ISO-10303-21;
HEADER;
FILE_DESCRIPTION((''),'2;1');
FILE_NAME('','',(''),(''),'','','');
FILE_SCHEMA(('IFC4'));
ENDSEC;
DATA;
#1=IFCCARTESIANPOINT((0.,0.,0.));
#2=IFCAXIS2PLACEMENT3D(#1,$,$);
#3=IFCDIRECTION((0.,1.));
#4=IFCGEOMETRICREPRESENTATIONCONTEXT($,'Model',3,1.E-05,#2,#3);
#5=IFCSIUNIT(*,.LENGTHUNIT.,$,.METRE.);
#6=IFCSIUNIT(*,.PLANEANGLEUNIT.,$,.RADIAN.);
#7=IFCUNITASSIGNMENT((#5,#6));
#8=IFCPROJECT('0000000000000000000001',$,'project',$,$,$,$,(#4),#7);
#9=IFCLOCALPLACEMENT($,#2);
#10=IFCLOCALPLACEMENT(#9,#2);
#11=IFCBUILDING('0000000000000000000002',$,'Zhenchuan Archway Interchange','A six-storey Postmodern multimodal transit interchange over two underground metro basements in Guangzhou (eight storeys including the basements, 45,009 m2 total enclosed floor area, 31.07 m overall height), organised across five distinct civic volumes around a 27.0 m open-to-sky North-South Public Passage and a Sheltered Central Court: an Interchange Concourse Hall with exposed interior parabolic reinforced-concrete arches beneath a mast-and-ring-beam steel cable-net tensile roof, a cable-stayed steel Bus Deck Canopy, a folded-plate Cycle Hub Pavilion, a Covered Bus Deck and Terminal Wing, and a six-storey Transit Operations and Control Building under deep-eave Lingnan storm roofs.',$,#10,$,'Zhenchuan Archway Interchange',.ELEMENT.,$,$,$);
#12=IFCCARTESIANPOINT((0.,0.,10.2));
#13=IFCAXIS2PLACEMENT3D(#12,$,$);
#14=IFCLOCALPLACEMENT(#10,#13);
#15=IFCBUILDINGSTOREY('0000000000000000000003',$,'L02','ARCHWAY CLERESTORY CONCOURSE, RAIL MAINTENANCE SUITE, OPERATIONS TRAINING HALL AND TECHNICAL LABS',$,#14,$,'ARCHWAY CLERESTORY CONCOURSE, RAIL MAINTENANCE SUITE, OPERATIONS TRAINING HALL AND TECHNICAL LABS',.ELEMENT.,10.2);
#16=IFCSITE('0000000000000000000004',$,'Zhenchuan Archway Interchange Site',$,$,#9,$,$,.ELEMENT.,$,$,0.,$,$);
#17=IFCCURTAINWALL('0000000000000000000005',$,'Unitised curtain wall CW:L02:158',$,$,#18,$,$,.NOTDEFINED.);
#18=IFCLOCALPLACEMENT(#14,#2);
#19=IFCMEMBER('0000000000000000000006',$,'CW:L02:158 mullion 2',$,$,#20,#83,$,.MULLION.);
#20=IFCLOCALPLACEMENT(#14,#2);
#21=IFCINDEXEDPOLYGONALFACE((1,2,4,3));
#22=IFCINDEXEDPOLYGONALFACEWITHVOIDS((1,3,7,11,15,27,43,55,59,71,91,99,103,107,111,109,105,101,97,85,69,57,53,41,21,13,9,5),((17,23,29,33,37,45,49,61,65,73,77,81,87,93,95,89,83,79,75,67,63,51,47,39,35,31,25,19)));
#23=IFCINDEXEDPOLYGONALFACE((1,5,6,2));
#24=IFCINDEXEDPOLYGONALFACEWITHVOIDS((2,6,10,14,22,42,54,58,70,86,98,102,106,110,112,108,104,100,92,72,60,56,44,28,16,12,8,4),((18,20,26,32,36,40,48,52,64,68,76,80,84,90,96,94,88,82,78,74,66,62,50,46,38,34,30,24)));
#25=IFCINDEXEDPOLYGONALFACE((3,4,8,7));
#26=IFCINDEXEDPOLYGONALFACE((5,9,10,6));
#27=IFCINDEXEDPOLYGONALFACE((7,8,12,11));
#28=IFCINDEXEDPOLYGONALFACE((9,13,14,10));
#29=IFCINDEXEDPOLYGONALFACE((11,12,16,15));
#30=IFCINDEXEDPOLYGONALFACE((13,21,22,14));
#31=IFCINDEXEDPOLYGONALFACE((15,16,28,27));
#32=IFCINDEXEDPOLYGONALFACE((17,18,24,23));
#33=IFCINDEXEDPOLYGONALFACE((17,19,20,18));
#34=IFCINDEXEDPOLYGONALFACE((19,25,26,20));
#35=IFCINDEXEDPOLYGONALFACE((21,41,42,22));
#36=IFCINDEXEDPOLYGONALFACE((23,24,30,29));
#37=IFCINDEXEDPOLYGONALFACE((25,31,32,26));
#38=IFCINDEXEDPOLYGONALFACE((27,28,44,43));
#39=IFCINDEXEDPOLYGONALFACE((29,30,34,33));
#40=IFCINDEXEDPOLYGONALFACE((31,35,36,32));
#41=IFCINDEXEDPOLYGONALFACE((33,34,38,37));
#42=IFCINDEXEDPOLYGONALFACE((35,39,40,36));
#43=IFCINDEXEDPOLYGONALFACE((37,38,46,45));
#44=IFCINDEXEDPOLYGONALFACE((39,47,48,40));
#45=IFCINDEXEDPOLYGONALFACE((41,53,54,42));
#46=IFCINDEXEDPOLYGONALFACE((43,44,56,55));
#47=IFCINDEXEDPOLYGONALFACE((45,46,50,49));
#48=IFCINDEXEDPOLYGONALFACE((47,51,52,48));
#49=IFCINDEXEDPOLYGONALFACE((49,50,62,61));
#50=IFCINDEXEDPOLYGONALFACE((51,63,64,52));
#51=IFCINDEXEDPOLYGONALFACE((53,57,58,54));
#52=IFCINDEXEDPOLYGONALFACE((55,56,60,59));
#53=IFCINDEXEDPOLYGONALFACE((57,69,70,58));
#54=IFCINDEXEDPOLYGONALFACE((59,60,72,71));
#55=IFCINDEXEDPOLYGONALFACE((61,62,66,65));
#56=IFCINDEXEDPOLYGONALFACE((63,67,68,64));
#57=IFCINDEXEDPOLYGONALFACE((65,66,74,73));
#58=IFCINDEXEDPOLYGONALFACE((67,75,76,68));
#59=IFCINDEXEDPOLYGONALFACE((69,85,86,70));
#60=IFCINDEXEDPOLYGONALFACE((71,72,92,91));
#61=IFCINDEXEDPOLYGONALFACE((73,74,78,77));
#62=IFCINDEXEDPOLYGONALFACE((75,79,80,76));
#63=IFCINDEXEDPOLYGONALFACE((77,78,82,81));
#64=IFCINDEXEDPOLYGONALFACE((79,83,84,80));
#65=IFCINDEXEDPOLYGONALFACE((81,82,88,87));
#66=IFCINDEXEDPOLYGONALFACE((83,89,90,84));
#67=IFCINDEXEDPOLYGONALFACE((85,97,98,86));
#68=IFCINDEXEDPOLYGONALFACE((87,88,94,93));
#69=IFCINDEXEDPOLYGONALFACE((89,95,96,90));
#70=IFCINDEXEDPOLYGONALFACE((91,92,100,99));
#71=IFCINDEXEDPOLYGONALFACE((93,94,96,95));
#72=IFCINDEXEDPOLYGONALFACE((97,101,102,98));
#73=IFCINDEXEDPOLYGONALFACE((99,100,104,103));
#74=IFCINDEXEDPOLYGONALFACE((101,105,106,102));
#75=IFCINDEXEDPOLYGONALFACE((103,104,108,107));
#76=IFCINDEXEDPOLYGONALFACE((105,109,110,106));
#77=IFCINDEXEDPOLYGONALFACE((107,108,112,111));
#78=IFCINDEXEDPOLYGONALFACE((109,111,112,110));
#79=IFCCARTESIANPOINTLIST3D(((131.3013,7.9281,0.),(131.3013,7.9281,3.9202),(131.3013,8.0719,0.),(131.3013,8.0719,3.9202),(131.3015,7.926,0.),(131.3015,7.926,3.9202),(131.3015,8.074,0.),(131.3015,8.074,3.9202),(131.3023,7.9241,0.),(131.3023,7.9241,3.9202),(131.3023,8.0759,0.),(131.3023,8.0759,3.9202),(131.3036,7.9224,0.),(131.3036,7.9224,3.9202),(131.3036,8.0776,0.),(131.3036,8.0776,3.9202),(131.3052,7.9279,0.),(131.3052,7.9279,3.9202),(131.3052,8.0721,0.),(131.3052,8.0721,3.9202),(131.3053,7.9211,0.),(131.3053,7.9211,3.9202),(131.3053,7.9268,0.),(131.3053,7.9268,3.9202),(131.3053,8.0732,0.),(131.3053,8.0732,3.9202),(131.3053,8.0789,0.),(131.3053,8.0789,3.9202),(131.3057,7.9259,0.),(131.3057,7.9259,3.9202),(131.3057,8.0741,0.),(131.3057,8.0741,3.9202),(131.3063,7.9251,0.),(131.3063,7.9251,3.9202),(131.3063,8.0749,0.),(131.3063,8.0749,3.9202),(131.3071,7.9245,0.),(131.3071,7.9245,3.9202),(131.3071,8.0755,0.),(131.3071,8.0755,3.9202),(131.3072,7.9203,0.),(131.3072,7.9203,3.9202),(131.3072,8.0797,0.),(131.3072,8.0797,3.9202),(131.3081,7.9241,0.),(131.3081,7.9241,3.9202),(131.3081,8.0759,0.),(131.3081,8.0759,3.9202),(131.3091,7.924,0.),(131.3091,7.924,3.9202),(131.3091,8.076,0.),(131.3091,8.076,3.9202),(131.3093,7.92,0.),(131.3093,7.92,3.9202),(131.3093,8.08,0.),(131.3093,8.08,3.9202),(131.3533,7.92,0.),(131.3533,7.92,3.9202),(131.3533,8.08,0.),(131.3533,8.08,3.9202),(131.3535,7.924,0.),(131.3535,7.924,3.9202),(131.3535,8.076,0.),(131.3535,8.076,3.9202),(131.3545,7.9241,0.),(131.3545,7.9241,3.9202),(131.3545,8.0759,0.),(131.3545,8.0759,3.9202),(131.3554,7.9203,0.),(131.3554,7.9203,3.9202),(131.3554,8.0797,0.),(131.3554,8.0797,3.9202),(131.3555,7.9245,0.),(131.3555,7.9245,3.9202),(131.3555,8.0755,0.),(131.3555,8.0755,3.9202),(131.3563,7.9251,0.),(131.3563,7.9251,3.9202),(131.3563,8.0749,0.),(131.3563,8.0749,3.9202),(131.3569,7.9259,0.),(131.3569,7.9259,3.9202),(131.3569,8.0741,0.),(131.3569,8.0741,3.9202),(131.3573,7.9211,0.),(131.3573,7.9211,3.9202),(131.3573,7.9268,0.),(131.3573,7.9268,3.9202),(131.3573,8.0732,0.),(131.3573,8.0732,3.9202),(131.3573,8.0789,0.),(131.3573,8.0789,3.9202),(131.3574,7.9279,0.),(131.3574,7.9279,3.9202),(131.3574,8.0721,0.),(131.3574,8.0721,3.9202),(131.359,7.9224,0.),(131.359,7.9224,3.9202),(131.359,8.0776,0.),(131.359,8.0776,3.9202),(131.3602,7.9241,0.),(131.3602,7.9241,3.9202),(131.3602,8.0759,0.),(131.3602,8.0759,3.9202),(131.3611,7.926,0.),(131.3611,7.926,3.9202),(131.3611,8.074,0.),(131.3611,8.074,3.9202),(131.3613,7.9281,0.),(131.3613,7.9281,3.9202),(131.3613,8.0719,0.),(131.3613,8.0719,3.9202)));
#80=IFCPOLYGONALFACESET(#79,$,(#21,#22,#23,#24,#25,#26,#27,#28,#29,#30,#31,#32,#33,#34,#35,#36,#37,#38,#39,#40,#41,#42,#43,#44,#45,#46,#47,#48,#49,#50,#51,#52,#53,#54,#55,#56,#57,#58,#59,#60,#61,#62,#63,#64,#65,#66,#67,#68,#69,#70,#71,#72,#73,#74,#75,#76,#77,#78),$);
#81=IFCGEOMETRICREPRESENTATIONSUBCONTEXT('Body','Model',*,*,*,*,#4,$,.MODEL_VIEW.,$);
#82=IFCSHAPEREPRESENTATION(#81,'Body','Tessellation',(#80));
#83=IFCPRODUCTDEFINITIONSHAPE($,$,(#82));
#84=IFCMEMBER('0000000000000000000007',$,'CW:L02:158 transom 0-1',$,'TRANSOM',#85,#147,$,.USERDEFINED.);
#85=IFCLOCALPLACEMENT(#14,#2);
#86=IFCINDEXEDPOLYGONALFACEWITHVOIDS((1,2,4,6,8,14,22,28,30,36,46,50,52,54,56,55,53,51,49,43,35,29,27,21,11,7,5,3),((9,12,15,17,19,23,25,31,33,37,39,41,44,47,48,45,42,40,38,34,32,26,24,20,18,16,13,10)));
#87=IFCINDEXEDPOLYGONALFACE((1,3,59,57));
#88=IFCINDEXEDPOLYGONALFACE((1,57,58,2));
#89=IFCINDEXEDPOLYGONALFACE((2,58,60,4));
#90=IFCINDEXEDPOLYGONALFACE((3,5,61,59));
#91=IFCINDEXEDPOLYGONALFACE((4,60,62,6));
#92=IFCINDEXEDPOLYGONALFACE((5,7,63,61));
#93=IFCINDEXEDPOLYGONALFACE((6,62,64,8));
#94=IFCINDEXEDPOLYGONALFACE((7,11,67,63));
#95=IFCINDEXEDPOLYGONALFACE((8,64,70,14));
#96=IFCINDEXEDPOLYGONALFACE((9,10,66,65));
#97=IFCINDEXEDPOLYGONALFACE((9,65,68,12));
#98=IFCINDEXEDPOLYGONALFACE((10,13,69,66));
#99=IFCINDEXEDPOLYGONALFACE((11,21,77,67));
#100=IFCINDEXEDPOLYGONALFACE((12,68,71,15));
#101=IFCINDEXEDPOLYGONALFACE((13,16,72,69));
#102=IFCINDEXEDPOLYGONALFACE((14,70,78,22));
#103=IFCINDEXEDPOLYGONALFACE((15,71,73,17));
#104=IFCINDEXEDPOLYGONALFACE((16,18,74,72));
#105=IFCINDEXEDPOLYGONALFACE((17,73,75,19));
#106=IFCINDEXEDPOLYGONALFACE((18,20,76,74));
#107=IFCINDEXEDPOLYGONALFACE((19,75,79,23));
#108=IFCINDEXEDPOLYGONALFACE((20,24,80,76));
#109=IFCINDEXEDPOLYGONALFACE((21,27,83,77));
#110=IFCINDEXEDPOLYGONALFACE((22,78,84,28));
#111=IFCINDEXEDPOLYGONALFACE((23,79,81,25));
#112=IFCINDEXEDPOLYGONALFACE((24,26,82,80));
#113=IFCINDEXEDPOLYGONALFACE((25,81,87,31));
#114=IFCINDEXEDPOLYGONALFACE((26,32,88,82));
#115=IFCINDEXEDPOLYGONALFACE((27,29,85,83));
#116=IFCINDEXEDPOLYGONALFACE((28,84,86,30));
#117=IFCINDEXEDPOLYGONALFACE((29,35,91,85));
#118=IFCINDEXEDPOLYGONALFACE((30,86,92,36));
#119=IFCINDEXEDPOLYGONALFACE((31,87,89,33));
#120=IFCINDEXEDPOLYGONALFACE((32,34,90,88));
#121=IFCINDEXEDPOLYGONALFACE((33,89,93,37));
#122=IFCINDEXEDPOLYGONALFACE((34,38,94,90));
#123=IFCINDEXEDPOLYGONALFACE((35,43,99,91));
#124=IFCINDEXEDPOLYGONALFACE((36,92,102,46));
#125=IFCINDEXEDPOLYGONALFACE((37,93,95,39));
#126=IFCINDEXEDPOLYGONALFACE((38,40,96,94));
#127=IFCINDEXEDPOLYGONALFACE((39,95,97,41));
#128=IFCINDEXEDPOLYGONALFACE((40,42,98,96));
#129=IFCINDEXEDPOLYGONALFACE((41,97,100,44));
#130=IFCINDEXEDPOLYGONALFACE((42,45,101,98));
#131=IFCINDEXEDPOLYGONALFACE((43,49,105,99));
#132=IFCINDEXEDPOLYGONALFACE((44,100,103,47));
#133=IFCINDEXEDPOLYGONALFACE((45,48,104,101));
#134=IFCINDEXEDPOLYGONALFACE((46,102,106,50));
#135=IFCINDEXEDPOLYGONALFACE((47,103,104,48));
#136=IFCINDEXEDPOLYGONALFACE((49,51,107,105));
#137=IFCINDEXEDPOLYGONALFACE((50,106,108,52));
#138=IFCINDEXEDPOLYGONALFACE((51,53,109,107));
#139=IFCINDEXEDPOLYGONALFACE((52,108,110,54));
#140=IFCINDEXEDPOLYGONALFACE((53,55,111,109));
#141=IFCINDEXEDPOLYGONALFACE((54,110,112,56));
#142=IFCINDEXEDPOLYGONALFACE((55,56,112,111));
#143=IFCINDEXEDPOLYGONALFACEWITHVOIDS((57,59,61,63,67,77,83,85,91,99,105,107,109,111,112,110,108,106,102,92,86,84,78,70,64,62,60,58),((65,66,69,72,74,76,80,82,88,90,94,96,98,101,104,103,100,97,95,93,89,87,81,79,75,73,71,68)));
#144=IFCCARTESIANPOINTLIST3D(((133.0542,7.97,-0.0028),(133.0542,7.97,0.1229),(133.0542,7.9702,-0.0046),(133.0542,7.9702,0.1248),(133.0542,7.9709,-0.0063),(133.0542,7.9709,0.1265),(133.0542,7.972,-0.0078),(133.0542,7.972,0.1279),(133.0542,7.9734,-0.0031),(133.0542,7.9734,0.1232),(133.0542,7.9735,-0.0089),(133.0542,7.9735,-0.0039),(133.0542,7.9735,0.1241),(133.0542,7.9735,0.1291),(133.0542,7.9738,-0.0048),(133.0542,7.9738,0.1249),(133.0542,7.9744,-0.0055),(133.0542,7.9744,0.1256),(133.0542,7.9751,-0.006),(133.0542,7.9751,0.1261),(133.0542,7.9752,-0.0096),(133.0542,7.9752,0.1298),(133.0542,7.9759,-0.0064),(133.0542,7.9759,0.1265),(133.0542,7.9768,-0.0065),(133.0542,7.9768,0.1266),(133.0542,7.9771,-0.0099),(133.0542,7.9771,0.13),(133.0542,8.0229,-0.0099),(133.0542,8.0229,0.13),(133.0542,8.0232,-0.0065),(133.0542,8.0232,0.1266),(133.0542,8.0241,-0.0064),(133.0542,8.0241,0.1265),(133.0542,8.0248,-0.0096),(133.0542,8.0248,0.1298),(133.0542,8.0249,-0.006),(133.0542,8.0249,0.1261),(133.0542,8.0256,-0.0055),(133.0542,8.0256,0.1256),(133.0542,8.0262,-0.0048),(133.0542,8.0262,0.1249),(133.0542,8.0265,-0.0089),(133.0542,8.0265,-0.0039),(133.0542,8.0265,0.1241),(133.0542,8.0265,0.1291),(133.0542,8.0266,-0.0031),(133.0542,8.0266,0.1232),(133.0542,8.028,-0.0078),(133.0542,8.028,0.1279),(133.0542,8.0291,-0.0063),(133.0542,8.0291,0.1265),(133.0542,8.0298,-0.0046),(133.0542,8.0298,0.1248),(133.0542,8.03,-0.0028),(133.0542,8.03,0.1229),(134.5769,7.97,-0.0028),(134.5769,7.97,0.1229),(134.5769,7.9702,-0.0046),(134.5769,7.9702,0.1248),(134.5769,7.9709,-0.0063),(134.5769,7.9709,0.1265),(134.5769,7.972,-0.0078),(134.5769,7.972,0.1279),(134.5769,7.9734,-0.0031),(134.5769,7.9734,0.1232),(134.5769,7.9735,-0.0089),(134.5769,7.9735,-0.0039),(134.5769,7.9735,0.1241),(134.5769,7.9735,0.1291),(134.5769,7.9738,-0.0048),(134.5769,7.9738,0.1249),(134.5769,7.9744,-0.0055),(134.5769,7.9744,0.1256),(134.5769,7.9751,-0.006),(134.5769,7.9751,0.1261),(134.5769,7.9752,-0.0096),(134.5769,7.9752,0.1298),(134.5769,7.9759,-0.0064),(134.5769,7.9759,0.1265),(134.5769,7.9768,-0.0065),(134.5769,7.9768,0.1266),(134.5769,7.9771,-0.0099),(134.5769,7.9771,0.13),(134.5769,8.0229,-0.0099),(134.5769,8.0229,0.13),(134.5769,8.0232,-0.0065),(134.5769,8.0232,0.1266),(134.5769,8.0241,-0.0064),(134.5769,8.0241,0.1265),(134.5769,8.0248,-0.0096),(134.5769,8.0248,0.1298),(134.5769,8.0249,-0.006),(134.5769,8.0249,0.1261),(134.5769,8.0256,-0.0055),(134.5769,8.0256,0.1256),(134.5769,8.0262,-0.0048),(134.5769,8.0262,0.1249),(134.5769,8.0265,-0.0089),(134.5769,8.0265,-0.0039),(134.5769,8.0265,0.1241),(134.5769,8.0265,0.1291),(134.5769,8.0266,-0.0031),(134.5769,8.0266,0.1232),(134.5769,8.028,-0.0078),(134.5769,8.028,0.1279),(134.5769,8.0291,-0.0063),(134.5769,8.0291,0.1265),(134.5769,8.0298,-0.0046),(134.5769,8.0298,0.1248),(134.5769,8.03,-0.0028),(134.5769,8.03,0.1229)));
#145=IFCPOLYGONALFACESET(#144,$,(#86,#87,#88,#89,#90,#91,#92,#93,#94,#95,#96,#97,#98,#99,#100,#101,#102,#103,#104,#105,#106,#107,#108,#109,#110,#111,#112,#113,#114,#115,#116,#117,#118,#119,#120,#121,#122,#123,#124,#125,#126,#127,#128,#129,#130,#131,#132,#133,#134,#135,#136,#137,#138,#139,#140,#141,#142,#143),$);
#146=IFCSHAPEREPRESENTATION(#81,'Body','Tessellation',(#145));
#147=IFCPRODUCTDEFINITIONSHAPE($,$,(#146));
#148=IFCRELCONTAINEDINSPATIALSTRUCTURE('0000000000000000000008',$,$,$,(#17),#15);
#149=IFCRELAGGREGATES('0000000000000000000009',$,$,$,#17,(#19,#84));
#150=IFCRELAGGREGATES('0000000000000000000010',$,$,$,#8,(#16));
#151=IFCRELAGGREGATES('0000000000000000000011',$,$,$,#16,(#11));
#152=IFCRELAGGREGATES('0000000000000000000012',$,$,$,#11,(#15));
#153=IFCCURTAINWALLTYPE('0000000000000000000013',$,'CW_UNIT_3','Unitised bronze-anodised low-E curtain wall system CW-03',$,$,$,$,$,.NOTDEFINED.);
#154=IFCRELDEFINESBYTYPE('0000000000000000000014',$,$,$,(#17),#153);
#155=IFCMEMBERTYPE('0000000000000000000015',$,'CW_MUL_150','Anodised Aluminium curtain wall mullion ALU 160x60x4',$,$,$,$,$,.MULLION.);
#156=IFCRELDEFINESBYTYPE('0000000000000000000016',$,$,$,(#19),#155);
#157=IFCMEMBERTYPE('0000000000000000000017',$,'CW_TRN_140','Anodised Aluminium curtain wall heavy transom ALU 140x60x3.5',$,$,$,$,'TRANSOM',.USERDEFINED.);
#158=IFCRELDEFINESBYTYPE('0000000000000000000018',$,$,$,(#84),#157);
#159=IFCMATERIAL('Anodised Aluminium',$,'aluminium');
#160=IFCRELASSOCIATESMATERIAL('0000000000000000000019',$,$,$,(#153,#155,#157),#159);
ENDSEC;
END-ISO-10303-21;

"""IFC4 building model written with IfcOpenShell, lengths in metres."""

from ifc_helpers import new_model, si_unit, direction, frame, origin, origin_2d, place, context, subcontext, project, spatial, hollow_rectangle, extrude, material, material_profile, profile_set, type_object, element, aggregate, save


model = new_model("IFC4")

# Units and contexts
model_context = context("Model", 3, precision=1e-05, world=origin(), true_north=direction((0.0, 1.0)))
body_context = subcontext(model_context, "Body", "Model", "MODEL_VIEW")
ifc_project = project(units=[si_unit("LENGTHUNIT", "METRE"), si_unit("PLANEANGLEUNIT", "RADIAN")], contexts=[model_context])

# Site, building, storey
site_placement = place(None, origin())
site = spatial("IfcSite", under=ifc_project, at=site_placement, Name="Zhenchuan Archway Interchange Site", CompositionType="ELEMENT", RefElevation=0.0)
building_placement = place(site_placement, origin())
building = spatial("IfcBuilding", under=site, at=building_placement, Name="Zhenchuan Archway Interchange", Description="A six-storey Postmodern multimodal transit interchange over two underground metro basements in Guangzhou (eight storeys including the basements, 45,009 m2 total enclosed floor area, 31.07 m overall height), organised across five distinct civic volumes around a 27.0 m open-to-sky North-South Public Passage and a Sheltered Central Court: an Interchange Concourse Hall with exposed interior parabolic reinforced-concrete arches beneath a mast-and-ring-beam steel cable-net tensile roof, a cable-stayed steel Bus Deck Canopy, a folded-plate Cycle Hub Pavilion, a Covered Bus Deck and Terminal Wing, and a six-storey Transit Operations and Control Building under deep-eave Lingnan storm roofs.", LongName="Zhenchuan Archway Interchange", CompositionType="ELEMENT")
storey_placement = place(building_placement, frame((0.0, 0.0, 10.2)))
storey = spatial("IfcBuildingStorey", under=building, at=storey_placement, Name="L02", Description="ARCHWAY CLERESTORY CONCOURSE, RAIL MAINTENANCE SUITE, OPERATIONS TRAINING HALL AND TECHNICAL LABS", LongName="ARCHWAY CLERESTORY CONCOURSE, RAIL MAINTENANCE SUITE, OPERATIONS TRAINING HALL AND TECHNICAL LABS", CompositionType="ELEMENT", Elevation=10.2)

# Curtain wall, members
ifc_material_1 = material(Name="Anodised Aluminium", Category="aluminium")
curtain_wall_type = type_object("IfcCurtainWallType", Name="CW_UNIT_3", Description="Unitised bronze-anodised low-E curtain wall system CW-03", PredefinedType="NOTDEFINED", material=ifc_material_1)
curtain_wall_placement = place(storey_placement, origin())
curtain_wall = element("IfcCurtainWall", 1, at=curtain_wall_placement, inside=storey, type_object=curtain_wall_type, Name="Unitised curtain wall CW:L02:158", PredefinedType="NOTDEFINED")
ifc_material_profile_1 = material_profile(ifc_material_1, hollow_rectangle(XDim=0.0601, YDim=0.1599, WallThickness=0.0039, InnerFilletRadius=0.0039, OuterFilletRadius=0.0081, at=origin_2d()), Name="ALU 160x60x4")
ifc_profile_set_1 = profile_set([ifc_material_profile_1], Name="Anodised Aluminium")
member_type_1 = type_object("IfcMemberType", Name="CW_MUL_150", Description="Anodised Aluminium curtain wall mullion ALU 160x60x4", PredefinedType="MULLION", material=ifc_profile_set_1)
member_1_placement = place(storey_placement, frame((131.3313, 8.0, 0.0), z_axis=(0.0, 0.0, 1.0), x_axis=(1.0, 0.0, 0.0)))
member_1 = element("IfcMember", 2, at=member_1_placement, type_object=member_type_1, Name="CW:L02:158 mullion 2", PredefinedType="MULLION", context=body_context, shape_type="SweptSolid", body=[
    extrude(hollow_rectangle(XDim=0.0601, YDim=0.1599, WallThickness=0.0039, InnerFilletRadius=0.0039, OuterFilletRadius=0.0081, at=origin_2d()), origin(), (0.0, 0.0, 1.0), 3.9202),
])
ifc_material_profile_2 = material_profile(ifc_material_1, hollow_rectangle(XDim=0.0601, YDim=0.1399, WallThickness=0.0034, InnerFilletRadius=0.0034, OuterFilletRadius=0.0071, at=origin_2d()), Name="ALU 140x60x3.5")
ifc_profile_set_2 = profile_set([ifc_material_profile_2], Name="Anodised Aluminium")
member_type_2 = type_object("IfcMemberType", Name="CW_TRN_140", Description="Anodised Aluminium curtain wall heavy transom ALU 140x60x3.5", ElementType="TRANSOM", PredefinedType="USERDEFINED", material=ifc_profile_set_2)
member_2_placement = place(storey_placement, frame((134.5769, 8.0, 0.0601), z_axis=(-1.0, 0.0, 0.0), x_axis=(0.0, -1.0, 0.0)))
member_2 = element("IfcMember", 3, at=member_2_placement, type_object=member_type_2, Name="CW:L02:158 transom 0-1", ObjectType="TRANSOM", PredefinedType="USERDEFINED", context=body_context, shape_type="SweptSolid", body=[
    extrude(hollow_rectangle(XDim=0.0601, YDim=0.1399, WallThickness=0.0034, InnerFilletRadius=0.0034, OuterFilletRadius=0.0071, at=origin_2d()), origin(), (0.0, 0.0, 1.0), 1.5227),
])

aggregate(curtain_wall, [member_1, member_2])

save(model, "model.ifc")
